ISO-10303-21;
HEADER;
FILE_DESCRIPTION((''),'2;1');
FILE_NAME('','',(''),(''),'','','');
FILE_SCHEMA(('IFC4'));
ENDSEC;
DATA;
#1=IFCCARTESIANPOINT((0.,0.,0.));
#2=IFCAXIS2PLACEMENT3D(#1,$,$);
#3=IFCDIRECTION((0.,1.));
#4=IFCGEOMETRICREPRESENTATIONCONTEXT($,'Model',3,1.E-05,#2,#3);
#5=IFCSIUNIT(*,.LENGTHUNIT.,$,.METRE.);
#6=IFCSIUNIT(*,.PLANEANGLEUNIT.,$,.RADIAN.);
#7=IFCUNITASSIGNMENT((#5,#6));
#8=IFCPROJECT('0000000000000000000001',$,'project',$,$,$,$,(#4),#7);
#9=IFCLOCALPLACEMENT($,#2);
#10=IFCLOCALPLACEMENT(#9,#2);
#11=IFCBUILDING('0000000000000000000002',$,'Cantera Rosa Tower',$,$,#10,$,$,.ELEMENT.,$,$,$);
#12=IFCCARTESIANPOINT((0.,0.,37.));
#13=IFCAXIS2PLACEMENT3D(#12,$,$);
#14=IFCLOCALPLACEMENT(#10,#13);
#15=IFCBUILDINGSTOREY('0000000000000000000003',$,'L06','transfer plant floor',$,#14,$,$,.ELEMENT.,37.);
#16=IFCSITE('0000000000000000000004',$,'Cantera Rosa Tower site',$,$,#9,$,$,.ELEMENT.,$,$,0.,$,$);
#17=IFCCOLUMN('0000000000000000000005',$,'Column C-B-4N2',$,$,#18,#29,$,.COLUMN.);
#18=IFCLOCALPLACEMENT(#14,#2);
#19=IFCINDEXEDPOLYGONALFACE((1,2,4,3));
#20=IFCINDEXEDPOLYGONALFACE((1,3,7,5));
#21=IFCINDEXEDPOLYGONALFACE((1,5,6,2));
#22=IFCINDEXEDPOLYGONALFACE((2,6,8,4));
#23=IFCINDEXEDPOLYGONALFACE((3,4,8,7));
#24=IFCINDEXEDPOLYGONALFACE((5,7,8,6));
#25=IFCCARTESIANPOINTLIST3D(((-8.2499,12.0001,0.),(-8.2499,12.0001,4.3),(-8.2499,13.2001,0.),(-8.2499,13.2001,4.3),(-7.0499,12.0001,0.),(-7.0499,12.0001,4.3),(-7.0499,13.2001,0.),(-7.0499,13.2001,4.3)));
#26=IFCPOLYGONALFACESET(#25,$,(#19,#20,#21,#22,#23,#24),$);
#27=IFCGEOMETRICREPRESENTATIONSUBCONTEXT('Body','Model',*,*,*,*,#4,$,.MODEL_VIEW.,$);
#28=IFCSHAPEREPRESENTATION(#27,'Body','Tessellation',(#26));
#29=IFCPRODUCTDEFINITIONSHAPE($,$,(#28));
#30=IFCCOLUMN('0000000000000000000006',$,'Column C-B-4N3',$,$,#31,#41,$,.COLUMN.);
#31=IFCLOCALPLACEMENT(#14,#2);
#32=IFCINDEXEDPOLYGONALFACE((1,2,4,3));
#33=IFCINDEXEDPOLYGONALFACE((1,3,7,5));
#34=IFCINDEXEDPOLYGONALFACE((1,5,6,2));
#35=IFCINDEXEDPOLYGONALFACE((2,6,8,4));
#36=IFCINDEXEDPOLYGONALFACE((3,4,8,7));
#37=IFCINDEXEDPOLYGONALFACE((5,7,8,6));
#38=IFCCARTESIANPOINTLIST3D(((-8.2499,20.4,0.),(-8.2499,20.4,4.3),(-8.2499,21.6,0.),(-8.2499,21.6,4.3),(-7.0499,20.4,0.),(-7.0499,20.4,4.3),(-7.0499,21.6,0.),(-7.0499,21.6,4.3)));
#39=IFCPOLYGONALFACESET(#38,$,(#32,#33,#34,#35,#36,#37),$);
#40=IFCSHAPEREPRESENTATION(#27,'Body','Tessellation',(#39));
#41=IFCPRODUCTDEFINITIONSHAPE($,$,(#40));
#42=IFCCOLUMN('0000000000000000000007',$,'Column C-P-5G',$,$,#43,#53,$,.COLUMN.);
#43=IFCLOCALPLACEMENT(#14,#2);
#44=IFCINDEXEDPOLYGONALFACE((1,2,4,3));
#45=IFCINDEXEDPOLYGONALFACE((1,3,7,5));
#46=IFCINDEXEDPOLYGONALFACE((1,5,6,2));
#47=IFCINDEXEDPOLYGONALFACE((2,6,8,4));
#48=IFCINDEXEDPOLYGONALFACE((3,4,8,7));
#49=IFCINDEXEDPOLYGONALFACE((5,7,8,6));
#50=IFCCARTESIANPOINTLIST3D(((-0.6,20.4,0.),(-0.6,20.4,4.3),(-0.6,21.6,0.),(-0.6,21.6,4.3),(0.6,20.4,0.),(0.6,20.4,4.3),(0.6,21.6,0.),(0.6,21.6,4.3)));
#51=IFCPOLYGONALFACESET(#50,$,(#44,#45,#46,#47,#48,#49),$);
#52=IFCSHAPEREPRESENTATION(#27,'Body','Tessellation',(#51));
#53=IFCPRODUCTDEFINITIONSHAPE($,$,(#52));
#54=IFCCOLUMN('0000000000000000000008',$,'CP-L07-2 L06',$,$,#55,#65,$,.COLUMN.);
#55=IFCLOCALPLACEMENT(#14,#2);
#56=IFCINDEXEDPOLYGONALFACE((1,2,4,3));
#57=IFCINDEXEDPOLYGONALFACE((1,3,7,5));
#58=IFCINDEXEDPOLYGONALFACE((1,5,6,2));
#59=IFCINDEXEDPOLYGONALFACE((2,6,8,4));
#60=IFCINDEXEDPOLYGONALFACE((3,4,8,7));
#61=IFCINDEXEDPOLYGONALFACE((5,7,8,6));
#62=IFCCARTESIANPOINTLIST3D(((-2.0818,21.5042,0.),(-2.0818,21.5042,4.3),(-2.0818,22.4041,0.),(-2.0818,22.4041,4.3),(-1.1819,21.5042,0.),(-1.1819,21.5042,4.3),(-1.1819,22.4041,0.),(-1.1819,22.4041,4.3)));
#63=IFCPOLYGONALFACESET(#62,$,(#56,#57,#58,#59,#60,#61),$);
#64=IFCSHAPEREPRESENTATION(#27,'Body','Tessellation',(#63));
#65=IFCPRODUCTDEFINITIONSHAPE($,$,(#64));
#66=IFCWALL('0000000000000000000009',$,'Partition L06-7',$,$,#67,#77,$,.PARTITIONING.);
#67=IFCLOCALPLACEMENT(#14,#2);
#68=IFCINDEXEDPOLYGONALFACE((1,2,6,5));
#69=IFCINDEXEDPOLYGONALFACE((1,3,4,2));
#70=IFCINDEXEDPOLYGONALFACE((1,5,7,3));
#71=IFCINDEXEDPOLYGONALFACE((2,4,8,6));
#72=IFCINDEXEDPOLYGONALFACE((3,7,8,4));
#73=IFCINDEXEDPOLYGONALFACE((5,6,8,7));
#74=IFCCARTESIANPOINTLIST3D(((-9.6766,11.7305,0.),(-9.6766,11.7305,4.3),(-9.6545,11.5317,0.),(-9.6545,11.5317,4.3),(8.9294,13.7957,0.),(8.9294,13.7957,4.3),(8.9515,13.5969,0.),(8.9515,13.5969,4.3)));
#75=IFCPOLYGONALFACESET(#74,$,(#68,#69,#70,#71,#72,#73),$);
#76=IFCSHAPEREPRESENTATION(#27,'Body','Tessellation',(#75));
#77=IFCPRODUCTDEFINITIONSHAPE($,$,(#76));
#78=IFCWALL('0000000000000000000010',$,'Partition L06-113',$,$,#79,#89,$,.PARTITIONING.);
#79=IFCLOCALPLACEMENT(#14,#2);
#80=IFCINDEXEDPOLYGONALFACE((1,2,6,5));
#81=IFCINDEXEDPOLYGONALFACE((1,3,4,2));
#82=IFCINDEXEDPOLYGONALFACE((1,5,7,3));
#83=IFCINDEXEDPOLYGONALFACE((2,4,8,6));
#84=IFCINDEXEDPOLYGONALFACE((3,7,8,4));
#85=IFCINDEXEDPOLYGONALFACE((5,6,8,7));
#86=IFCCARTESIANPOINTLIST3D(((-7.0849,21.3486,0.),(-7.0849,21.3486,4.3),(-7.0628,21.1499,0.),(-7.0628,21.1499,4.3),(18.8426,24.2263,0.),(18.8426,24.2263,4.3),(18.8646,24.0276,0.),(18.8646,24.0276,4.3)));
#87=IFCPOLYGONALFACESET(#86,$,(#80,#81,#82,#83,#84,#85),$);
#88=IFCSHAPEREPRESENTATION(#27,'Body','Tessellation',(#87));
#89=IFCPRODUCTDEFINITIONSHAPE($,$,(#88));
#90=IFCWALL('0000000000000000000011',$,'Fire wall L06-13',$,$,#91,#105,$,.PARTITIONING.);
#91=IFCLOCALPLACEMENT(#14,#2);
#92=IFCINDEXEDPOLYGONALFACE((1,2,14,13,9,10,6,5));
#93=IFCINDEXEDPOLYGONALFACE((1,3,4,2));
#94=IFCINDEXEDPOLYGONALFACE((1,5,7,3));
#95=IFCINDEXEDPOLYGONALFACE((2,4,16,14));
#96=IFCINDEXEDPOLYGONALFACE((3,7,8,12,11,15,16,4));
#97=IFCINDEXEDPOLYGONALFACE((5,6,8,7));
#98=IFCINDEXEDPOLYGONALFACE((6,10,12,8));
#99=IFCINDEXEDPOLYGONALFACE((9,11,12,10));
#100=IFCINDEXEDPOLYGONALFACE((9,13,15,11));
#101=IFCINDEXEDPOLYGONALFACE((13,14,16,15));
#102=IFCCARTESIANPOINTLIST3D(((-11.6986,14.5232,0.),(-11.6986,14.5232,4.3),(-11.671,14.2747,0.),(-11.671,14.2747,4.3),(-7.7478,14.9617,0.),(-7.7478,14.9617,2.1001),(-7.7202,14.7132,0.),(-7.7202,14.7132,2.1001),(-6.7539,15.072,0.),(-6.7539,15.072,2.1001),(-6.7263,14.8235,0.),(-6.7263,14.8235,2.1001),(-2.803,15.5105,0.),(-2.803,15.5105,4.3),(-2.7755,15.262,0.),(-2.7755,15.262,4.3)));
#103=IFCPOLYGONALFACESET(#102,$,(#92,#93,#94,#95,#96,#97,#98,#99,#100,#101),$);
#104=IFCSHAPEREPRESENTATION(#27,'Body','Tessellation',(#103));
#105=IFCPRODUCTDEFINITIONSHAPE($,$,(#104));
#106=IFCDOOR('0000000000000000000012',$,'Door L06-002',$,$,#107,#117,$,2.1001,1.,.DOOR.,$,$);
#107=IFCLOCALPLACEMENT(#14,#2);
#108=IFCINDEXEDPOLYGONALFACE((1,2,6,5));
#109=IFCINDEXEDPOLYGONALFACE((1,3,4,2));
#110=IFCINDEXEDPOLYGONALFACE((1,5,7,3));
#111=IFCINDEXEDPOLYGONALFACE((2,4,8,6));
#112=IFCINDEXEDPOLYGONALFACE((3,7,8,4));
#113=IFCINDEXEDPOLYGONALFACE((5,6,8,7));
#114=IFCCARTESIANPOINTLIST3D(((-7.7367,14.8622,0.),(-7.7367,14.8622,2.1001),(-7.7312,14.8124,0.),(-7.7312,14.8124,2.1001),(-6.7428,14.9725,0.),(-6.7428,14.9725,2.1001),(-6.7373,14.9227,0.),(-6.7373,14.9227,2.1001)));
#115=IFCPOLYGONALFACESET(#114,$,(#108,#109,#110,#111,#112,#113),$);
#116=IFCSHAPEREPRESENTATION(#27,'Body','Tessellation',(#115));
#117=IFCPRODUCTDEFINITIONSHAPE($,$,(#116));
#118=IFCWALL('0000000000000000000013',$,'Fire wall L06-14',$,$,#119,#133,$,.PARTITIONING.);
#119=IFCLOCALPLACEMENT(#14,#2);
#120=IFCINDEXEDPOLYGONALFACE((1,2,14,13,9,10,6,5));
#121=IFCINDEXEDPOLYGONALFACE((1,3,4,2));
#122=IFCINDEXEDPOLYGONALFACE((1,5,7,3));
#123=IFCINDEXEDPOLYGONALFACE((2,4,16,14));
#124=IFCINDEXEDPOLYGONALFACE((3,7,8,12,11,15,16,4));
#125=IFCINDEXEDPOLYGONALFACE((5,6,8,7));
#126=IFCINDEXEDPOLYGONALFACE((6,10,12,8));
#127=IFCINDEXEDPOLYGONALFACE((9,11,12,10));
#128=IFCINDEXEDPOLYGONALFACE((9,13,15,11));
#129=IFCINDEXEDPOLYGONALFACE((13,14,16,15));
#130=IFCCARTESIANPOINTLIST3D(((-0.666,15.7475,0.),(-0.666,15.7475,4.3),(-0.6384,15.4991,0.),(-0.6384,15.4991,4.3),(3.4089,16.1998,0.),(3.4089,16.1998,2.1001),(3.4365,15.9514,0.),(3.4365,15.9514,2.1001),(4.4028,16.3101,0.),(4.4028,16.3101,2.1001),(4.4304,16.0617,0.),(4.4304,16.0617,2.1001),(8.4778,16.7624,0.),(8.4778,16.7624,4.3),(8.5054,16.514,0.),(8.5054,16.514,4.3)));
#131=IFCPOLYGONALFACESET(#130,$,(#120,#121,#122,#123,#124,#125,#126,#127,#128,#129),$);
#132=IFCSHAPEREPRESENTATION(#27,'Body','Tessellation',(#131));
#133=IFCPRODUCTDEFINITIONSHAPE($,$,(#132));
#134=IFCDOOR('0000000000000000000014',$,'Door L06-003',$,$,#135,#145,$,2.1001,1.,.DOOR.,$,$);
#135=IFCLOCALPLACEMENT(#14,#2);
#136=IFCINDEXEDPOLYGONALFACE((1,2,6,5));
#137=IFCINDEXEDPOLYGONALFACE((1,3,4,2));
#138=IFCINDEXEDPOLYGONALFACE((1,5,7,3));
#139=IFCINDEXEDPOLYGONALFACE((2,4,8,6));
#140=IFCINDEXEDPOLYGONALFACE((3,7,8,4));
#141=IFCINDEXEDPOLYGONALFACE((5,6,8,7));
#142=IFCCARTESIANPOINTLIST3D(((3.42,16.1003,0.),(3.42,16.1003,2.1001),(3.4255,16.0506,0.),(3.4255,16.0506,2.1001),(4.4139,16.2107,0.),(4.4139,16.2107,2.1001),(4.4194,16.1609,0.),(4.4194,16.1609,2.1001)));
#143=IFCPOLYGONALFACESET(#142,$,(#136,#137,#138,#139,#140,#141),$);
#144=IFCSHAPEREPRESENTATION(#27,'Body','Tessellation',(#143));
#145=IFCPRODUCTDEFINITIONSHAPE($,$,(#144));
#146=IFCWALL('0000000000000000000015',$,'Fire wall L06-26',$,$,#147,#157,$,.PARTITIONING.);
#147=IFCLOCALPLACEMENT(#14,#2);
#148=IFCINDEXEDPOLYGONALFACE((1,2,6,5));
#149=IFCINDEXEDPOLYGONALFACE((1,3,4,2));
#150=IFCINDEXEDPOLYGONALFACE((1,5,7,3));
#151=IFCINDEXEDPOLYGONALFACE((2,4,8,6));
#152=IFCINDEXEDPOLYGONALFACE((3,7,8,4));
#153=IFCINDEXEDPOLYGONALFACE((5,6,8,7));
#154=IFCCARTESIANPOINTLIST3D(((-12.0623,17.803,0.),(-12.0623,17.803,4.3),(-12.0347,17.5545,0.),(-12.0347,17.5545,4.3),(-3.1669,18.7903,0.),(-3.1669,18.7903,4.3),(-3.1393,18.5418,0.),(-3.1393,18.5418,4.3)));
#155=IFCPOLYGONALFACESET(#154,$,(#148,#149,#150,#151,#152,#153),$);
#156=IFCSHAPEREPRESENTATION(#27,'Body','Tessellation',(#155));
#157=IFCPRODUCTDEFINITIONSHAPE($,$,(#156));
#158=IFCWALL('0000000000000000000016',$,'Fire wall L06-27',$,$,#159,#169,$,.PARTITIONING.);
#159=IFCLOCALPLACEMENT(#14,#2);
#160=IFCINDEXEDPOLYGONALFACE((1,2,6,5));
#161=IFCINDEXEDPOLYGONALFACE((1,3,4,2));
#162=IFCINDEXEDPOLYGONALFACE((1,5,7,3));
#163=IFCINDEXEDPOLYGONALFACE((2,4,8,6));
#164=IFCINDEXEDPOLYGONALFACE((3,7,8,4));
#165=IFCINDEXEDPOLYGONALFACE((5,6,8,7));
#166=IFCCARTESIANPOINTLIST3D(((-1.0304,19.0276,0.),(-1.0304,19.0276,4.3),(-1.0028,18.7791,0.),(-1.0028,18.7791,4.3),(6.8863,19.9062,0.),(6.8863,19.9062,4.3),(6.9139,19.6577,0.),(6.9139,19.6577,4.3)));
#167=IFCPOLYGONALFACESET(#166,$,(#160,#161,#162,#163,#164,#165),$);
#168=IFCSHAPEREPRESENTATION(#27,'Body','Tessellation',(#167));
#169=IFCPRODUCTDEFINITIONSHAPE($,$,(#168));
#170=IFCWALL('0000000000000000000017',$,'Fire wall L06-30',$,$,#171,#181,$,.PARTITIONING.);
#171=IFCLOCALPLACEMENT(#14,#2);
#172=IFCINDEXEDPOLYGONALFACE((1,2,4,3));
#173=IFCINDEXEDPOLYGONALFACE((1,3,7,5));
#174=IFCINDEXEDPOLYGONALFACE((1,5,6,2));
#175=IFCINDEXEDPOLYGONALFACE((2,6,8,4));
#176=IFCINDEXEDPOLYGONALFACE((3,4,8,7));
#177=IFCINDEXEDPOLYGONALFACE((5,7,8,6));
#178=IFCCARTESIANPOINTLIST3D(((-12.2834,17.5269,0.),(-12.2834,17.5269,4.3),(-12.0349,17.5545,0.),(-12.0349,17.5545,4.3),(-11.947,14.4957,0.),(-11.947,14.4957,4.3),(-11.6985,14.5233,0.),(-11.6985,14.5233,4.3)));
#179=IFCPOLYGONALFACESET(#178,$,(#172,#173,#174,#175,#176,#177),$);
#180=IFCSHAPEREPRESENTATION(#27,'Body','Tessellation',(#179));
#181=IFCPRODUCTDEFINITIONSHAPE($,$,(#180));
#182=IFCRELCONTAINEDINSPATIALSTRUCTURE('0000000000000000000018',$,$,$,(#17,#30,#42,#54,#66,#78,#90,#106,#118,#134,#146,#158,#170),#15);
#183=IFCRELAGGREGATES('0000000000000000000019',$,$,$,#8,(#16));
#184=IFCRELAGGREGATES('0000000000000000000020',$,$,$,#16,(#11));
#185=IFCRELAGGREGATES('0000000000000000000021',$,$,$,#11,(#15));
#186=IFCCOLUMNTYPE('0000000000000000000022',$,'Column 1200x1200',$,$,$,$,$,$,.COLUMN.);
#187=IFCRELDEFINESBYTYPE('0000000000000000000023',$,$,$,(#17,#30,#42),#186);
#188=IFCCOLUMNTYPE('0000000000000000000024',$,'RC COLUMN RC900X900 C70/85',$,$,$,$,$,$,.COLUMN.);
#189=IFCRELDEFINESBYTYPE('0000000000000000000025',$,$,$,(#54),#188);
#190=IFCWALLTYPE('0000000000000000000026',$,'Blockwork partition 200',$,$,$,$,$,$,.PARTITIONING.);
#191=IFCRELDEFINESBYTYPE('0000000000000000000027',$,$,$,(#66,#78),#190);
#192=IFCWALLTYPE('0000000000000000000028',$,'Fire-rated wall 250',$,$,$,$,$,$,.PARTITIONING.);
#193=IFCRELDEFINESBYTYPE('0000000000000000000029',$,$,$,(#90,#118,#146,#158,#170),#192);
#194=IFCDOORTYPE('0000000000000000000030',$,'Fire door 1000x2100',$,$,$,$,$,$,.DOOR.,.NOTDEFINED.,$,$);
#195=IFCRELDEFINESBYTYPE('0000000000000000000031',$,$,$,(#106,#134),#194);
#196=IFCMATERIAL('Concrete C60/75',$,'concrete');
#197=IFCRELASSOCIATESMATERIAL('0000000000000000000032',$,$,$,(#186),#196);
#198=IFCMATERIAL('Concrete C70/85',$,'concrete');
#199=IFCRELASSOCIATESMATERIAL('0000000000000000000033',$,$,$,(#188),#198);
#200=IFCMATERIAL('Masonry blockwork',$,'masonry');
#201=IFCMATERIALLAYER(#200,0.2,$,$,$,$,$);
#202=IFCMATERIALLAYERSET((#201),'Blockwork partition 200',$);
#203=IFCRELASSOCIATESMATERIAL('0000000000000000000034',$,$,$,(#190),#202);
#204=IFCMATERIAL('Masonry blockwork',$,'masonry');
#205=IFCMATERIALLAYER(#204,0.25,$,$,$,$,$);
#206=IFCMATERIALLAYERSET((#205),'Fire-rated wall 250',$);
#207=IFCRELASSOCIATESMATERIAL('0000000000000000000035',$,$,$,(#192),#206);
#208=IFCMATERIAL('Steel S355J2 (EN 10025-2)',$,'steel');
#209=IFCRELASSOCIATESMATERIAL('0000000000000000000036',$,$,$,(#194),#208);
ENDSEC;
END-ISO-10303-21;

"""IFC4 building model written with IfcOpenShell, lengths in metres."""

from ifc_helpers import new_model, si_unit, direction, frame, frame_2d, origin, origin_2d, place, context, subcontext, project, spatial, rectangle, extrude, material, layer, layer_set, material_profile, profile_set, type_object, element, fill, save


model = new_model("IFC4")

# Units and contexts
model_context = context("Model", 3, precision=1e-05, world=origin(), true_north=direction((0.0, 1.0)))
body_context = subcontext(model_context, "Body", "Model", "MODEL_VIEW")
ifc_project = project(units=[si_unit("LENGTHUNIT", "METRE"), si_unit("PLANEANGLEUNIT", "RADIAN")], contexts=[model_context])

# Site, building, storey
site_placement = place(None, origin())
site = spatial("IfcSite", under=ifc_project, at=site_placement, Name="Cantera Rosa Tower site", CompositionType="ELEMENT", RefElevation=0.0)
building_placement = place(site_placement, origin())
building = spatial("IfcBuilding", under=site, at=building_placement, Name="Cantera Rosa Tower", CompositionType="ELEMENT")
storey_placement = place(building_placement, frame((0.0, 0.0, 37.0)))
storey = spatial("IfcBuildingStorey", under=building, at=storey_placement, Name="L06", Description="transfer plant floor", CompositionType="ELEMENT", Elevation=37.0)

# Columns
ifc_material_1 = material(Name="Concrete C60/75", Category="concrete")
ifc_material_profile_1 = material_profile(ifc_material_1, rectangle(XDim=1.2, YDim=1.2, at=origin_2d()), Name="Column 1200x1200")
ifc_profile_set_1 = profile_set([ifc_material_profile_1], Name="Concrete C60/75")
column_type_1 = type_object("IfcColumnType", Name="Column 1200x1200", PredefinedType="COLUMN", material=ifc_profile_set_1)
for number, where, z_axis, x_axis, name in (
    (1, (-7.6499, 12.6001, 0.0), (0.0, 0.0, 1.0), (1.0, 0.0, 0.0), "Column C-B-4N2"),
    (2, (-7.6499, 21.0, 0.0), (0.0, 0.0, 1.0), (1.0, 0.0, 0.0), "Column C-B-4N3"),
    (3, (0.0, 21.0, 0.0), (0.0, 0.0, 1.0), (1.0, 0.0, 0.0), "Column C-P-5G"),
):
    element("IfcColumn", number, at=place(storey_placement, frame(where, z_axis=z_axis, x_axis=x_axis)), inside=storey, type_object=column_type_1, Name=name, PredefinedType="COLUMN", context=body_context, shape_type="SweptSolid", body=[
        extrude(rectangle(XDim=1.2, YDim=1.2, at=origin_2d()), origin(), (0.0, 0.0, 1.0), 4.3),
    ])
ifc_material_2 = material(Name="Concrete C70/85", Category="concrete")
ifc_material_profile_2 = material_profile(ifc_material_2, rectangle(XDim=0.8999, YDim=0.8999, at=origin_2d()), Name="RC COLUMN RC900X900 C70/85")
ifc_profile_set_2 = profile_set([ifc_material_profile_2], Name="Concrete C70/85")
column_type_2 = type_object("IfcColumnType", Name="RC COLUMN RC900X900 C70/85", PredefinedType="COLUMN", material=ifc_profile_set_2)
column_placement = place(storey_placement, frame((-1.6318, 21.9541, 0.0), z_axis=(0.0, 0.0, 1.0), x_axis=(1.0, 0.0, 0.0)))
element("IfcColumn", 4, at=column_placement, inside=storey, type_object=column_type_2, Name="CP-L07-2 L06", PredefinedType="COLUMN", context=body_context, shape_type="SweptSolid", body=[
    extrude(rectangle(XDim=0.8999, YDim=0.8999, at=origin_2d()), origin(), (0.0, 0.0, 1.0), 4.3),
])

# Walls
ifc_material_3 = material(Name="Masonry blockwork", Category="masonry")
ifc_layer_1 = layer(ifc_material_3, 0.2)
ifc_layer_set_1 = layer_set([ifc_layer_1], Name="Blockwork partition 200")
wall_type_1 = type_object("IfcWallType", Name="Blockwork partition 200", PredefinedType="PARTITIONING", material=ifc_layer_set_1)
wall_1_placement = place(storey_placement, frame((-9.6655, 11.6311, 0.0), z_axis=(0.0, 0.0, 1.0), x_axis=(0.993896, 0.110318, 0.0)))
element("IfcWall", 5, at=wall_1_placement, inside=storey, type_object=wall_type_1, Name="Partition L06-7", PredefinedType="PARTITIONING", context=body_context, shape_type="SweptSolid", body=[
    extrude(rectangle(XDim=18.7202, YDim=0.2, at=frame_2d((9.3601, 0.0))), origin(), (0.0, 0.0, 1.0), 4.3),
])
wall_2_placement = place(storey_placement, frame((-7.074, 21.2493, 0.0), z_axis=(0.0, 0.0, 1.0), x_axis=(0.993897, 0.110312, 0.0)))
element("IfcWall", 6, at=wall_2_placement, inside=storey, type_object=wall_type_1, Name="Partition L06-113", PredefinedType="PARTITIONING", context=body_context, shape_type="SweptSolid", body=[
    extrude(rectangle(XDim=26.0867, YDim=0.2, at=frame_2d((13.0435, 0.0))), origin(), (0.0, 0.0, 1.0), 4.3),
])

# Walls, openings, doors
ifc_material_4 = material(Name="Masonry blockwork", Category="masonry")
ifc_layer_2 = layer(ifc_material_4, 0.25)
ifc_layer_set_2 = layer_set([ifc_layer_2], Name="Fire-rated wall 250")
wall_type_2 = type_object("IfcWallType", Name="Fire-rated wall 250", PredefinedType="PARTITIONING", material=ifc_layer_set_2)
wall_3_placement = place(storey_placement, frame((-11.6848, 14.3989, 0.0), z_axis=(0.0, 0.0, 1.0), x_axis=(0.993897, 0.110312, 0.0)))
wall_3 = element("IfcWall", 7, at=wall_3_placement, inside=storey, type_object=wall_type_2, Name="Fire wall L06-13", PredefinedType="PARTITIONING", context=body_context, shape_type="SweptSolid", body=[
    extrude(rectangle(XDim=8.9502, YDim=0.25, at=frame_2d((4.4751, 0.0))), origin(), (0.0, 0.0, 1.0), 4.3),
])
opening_1_placement = place(wall_3_placement, frame((3.9751, 0.0, 0.0)))
opening_1 = element("IfcOpeningElement", 8, at=opening_1_placement, cuts=wall_3, PredefinedType="OPENING", context=body_context, shape_type="SweptSolid", body=[
    extrude(rectangle(XDim=1.0, YDim=2.1001, at=frame_2d((0.5, 1.05))), frame((0.0, 0.135, 0.0), z_axis=(0.0, -1.0, 0.0), x_axis=(1.0, 0.0, 0.0)), (0.0, 0.0, 1.0), 0.27),
])
ifc_material_5 = material(Name="Steel S355J2 (EN 10025-2)", Category="steel")
door_type_1 = type_object("IfcDoorType", Name="Fire door 1000x2100", OperationType="NOTDEFINED", PredefinedType="DOOR", material=ifc_material_5)
door_1_placement = place(opening_1_placement, origin())
door_1 = element("IfcDoor", 9, at=door_1_placement, inside=storey, type_object=door_type_1, Name="Door L06-002", OverallHeight=2.1001, OverallWidth=1.0, PredefinedType="DOOR", context=body_context, shape_type="SweptSolid", body=[
    extrude(rectangle(XDim=1.0, YDim=2.1001, at=frame_2d((0.5, 1.05))), frame((0.0, 0.0249, 0.0), z_axis=(0.0, -1.0, 0.0), x_axis=(1.0, 0.0, 0.0)), (0.0, 0.0, 1.0), 0.05),
])
fill(opening_1, door_1)
wall_4_placement = place(storey_placement, frame((-0.6523, 15.6233, 0.0), z_axis=(0.0, 0.0, 1.0), x_axis=(0.993897, 0.110315, 0.0)))
wall_4 = element("IfcWall", 10, at=wall_4_placement, inside=storey, type_object=wall_type_2, Name="Fire wall L06-14", PredefinedType="PARTITIONING", context=body_context, shape_type="SweptSolid", body=[
    extrude(rectangle(XDim=9.2, YDim=0.25, at=frame_2d((4.6001, 0.0))), origin(), (0.0, 0.0, 1.0), 4.3),
])
opening_2_placement = place(wall_4_placement, frame((4.1001, 0.0, 0.0)))
opening_2 = element("IfcOpeningElement", 11, at=opening_2_placement, cuts=wall_4, PredefinedType="OPENING", context=body_context, shape_type="SweptSolid", body=[
    extrude(rectangle(XDim=1.0, YDim=2.1001, at=frame_2d((0.5, 1.05))), frame((0.0, 0.135, 0.0), z_axis=(0.0, -1.0, 0.0), x_axis=(1.0, 0.0, 0.0)), (0.0, 0.0, 1.0), 0.27),
])
door_2_placement = place(opening_2_placement, origin())
door_2 = element("IfcDoor", 12, at=door_2_placement, inside=storey, type_object=door_type_1, Name="Door L06-003", OverallHeight=2.1001, OverallWidth=1.0, PredefinedType="DOOR", context=body_context, shape_type="SweptSolid", body=[
    extrude(rectangle(XDim=1.0, YDim=2.1001, at=frame_2d((0.5, 1.05))), frame((0.0, 0.0249, 0.0), z_axis=(0.0, -1.0, 0.0), x_axis=(1.0, 0.0, 0.0)), (0.0, 0.0, 1.0), 0.05),
])
fill(opening_2, door_2)

# Walls
wall_5_placement = place(storey_placement, frame((-12.0486, 17.6787, 0.0), z_axis=(0.0, 0.0, 1.0), x_axis=(0.993897, 0.110315, 0.0)))
element("IfcWall", 13, at=wall_5_placement, inside=storey, type_object=wall_type_2, Name="Fire wall L06-26", PredefinedType="PARTITIONING", context=body_context, shape_type="SweptSolid", body=[
    extrude(rectangle(XDim=8.95, YDim=0.25, at=frame_2d((4.4751, 0.0))), origin(), (0.0, 0.0, 1.0), 4.3),
])
wall_6_placement = place(storey_placement, frame((-1.0166, 18.9033, 0.0), z_axis=(0.0, 0.0, 1.0), x_axis=(0.993897, 0.11031, 0.0)))
element("IfcWall", 14, at=wall_6_placement, inside=storey, type_object=wall_type_2, Name="Fire wall L06-27", PredefinedType="PARTITIONING", context=body_context, shape_type="SweptSolid", body=[
    extrude(rectangle(XDim=7.9653, YDim=0.25, at=frame_2d((3.9827, 0.0))), origin(), (0.0, 0.0, 1.0), 4.3),
])
wall_7_placement = place(storey_placement, frame((-11.8228, 14.5095, 0.0), z_axis=(0.0, 0.0, 1.0), x_axis=(-0.110309, 0.993897, 0.0)))
element("IfcWall", 15, at=wall_7_placement, inside=storey, type_object=wall_type_2, Name="Fire wall L06-30", PredefinedType="PARTITIONING", context=body_context, shape_type="SweptSolid", body=[
    extrude(rectangle(XDim=3.0498, YDim=0.25, at=frame_2d((1.5249, 0.0))), origin(), (0.0, 0.0, 1.0), 4.3),
])

save(model, "model.ifc")
